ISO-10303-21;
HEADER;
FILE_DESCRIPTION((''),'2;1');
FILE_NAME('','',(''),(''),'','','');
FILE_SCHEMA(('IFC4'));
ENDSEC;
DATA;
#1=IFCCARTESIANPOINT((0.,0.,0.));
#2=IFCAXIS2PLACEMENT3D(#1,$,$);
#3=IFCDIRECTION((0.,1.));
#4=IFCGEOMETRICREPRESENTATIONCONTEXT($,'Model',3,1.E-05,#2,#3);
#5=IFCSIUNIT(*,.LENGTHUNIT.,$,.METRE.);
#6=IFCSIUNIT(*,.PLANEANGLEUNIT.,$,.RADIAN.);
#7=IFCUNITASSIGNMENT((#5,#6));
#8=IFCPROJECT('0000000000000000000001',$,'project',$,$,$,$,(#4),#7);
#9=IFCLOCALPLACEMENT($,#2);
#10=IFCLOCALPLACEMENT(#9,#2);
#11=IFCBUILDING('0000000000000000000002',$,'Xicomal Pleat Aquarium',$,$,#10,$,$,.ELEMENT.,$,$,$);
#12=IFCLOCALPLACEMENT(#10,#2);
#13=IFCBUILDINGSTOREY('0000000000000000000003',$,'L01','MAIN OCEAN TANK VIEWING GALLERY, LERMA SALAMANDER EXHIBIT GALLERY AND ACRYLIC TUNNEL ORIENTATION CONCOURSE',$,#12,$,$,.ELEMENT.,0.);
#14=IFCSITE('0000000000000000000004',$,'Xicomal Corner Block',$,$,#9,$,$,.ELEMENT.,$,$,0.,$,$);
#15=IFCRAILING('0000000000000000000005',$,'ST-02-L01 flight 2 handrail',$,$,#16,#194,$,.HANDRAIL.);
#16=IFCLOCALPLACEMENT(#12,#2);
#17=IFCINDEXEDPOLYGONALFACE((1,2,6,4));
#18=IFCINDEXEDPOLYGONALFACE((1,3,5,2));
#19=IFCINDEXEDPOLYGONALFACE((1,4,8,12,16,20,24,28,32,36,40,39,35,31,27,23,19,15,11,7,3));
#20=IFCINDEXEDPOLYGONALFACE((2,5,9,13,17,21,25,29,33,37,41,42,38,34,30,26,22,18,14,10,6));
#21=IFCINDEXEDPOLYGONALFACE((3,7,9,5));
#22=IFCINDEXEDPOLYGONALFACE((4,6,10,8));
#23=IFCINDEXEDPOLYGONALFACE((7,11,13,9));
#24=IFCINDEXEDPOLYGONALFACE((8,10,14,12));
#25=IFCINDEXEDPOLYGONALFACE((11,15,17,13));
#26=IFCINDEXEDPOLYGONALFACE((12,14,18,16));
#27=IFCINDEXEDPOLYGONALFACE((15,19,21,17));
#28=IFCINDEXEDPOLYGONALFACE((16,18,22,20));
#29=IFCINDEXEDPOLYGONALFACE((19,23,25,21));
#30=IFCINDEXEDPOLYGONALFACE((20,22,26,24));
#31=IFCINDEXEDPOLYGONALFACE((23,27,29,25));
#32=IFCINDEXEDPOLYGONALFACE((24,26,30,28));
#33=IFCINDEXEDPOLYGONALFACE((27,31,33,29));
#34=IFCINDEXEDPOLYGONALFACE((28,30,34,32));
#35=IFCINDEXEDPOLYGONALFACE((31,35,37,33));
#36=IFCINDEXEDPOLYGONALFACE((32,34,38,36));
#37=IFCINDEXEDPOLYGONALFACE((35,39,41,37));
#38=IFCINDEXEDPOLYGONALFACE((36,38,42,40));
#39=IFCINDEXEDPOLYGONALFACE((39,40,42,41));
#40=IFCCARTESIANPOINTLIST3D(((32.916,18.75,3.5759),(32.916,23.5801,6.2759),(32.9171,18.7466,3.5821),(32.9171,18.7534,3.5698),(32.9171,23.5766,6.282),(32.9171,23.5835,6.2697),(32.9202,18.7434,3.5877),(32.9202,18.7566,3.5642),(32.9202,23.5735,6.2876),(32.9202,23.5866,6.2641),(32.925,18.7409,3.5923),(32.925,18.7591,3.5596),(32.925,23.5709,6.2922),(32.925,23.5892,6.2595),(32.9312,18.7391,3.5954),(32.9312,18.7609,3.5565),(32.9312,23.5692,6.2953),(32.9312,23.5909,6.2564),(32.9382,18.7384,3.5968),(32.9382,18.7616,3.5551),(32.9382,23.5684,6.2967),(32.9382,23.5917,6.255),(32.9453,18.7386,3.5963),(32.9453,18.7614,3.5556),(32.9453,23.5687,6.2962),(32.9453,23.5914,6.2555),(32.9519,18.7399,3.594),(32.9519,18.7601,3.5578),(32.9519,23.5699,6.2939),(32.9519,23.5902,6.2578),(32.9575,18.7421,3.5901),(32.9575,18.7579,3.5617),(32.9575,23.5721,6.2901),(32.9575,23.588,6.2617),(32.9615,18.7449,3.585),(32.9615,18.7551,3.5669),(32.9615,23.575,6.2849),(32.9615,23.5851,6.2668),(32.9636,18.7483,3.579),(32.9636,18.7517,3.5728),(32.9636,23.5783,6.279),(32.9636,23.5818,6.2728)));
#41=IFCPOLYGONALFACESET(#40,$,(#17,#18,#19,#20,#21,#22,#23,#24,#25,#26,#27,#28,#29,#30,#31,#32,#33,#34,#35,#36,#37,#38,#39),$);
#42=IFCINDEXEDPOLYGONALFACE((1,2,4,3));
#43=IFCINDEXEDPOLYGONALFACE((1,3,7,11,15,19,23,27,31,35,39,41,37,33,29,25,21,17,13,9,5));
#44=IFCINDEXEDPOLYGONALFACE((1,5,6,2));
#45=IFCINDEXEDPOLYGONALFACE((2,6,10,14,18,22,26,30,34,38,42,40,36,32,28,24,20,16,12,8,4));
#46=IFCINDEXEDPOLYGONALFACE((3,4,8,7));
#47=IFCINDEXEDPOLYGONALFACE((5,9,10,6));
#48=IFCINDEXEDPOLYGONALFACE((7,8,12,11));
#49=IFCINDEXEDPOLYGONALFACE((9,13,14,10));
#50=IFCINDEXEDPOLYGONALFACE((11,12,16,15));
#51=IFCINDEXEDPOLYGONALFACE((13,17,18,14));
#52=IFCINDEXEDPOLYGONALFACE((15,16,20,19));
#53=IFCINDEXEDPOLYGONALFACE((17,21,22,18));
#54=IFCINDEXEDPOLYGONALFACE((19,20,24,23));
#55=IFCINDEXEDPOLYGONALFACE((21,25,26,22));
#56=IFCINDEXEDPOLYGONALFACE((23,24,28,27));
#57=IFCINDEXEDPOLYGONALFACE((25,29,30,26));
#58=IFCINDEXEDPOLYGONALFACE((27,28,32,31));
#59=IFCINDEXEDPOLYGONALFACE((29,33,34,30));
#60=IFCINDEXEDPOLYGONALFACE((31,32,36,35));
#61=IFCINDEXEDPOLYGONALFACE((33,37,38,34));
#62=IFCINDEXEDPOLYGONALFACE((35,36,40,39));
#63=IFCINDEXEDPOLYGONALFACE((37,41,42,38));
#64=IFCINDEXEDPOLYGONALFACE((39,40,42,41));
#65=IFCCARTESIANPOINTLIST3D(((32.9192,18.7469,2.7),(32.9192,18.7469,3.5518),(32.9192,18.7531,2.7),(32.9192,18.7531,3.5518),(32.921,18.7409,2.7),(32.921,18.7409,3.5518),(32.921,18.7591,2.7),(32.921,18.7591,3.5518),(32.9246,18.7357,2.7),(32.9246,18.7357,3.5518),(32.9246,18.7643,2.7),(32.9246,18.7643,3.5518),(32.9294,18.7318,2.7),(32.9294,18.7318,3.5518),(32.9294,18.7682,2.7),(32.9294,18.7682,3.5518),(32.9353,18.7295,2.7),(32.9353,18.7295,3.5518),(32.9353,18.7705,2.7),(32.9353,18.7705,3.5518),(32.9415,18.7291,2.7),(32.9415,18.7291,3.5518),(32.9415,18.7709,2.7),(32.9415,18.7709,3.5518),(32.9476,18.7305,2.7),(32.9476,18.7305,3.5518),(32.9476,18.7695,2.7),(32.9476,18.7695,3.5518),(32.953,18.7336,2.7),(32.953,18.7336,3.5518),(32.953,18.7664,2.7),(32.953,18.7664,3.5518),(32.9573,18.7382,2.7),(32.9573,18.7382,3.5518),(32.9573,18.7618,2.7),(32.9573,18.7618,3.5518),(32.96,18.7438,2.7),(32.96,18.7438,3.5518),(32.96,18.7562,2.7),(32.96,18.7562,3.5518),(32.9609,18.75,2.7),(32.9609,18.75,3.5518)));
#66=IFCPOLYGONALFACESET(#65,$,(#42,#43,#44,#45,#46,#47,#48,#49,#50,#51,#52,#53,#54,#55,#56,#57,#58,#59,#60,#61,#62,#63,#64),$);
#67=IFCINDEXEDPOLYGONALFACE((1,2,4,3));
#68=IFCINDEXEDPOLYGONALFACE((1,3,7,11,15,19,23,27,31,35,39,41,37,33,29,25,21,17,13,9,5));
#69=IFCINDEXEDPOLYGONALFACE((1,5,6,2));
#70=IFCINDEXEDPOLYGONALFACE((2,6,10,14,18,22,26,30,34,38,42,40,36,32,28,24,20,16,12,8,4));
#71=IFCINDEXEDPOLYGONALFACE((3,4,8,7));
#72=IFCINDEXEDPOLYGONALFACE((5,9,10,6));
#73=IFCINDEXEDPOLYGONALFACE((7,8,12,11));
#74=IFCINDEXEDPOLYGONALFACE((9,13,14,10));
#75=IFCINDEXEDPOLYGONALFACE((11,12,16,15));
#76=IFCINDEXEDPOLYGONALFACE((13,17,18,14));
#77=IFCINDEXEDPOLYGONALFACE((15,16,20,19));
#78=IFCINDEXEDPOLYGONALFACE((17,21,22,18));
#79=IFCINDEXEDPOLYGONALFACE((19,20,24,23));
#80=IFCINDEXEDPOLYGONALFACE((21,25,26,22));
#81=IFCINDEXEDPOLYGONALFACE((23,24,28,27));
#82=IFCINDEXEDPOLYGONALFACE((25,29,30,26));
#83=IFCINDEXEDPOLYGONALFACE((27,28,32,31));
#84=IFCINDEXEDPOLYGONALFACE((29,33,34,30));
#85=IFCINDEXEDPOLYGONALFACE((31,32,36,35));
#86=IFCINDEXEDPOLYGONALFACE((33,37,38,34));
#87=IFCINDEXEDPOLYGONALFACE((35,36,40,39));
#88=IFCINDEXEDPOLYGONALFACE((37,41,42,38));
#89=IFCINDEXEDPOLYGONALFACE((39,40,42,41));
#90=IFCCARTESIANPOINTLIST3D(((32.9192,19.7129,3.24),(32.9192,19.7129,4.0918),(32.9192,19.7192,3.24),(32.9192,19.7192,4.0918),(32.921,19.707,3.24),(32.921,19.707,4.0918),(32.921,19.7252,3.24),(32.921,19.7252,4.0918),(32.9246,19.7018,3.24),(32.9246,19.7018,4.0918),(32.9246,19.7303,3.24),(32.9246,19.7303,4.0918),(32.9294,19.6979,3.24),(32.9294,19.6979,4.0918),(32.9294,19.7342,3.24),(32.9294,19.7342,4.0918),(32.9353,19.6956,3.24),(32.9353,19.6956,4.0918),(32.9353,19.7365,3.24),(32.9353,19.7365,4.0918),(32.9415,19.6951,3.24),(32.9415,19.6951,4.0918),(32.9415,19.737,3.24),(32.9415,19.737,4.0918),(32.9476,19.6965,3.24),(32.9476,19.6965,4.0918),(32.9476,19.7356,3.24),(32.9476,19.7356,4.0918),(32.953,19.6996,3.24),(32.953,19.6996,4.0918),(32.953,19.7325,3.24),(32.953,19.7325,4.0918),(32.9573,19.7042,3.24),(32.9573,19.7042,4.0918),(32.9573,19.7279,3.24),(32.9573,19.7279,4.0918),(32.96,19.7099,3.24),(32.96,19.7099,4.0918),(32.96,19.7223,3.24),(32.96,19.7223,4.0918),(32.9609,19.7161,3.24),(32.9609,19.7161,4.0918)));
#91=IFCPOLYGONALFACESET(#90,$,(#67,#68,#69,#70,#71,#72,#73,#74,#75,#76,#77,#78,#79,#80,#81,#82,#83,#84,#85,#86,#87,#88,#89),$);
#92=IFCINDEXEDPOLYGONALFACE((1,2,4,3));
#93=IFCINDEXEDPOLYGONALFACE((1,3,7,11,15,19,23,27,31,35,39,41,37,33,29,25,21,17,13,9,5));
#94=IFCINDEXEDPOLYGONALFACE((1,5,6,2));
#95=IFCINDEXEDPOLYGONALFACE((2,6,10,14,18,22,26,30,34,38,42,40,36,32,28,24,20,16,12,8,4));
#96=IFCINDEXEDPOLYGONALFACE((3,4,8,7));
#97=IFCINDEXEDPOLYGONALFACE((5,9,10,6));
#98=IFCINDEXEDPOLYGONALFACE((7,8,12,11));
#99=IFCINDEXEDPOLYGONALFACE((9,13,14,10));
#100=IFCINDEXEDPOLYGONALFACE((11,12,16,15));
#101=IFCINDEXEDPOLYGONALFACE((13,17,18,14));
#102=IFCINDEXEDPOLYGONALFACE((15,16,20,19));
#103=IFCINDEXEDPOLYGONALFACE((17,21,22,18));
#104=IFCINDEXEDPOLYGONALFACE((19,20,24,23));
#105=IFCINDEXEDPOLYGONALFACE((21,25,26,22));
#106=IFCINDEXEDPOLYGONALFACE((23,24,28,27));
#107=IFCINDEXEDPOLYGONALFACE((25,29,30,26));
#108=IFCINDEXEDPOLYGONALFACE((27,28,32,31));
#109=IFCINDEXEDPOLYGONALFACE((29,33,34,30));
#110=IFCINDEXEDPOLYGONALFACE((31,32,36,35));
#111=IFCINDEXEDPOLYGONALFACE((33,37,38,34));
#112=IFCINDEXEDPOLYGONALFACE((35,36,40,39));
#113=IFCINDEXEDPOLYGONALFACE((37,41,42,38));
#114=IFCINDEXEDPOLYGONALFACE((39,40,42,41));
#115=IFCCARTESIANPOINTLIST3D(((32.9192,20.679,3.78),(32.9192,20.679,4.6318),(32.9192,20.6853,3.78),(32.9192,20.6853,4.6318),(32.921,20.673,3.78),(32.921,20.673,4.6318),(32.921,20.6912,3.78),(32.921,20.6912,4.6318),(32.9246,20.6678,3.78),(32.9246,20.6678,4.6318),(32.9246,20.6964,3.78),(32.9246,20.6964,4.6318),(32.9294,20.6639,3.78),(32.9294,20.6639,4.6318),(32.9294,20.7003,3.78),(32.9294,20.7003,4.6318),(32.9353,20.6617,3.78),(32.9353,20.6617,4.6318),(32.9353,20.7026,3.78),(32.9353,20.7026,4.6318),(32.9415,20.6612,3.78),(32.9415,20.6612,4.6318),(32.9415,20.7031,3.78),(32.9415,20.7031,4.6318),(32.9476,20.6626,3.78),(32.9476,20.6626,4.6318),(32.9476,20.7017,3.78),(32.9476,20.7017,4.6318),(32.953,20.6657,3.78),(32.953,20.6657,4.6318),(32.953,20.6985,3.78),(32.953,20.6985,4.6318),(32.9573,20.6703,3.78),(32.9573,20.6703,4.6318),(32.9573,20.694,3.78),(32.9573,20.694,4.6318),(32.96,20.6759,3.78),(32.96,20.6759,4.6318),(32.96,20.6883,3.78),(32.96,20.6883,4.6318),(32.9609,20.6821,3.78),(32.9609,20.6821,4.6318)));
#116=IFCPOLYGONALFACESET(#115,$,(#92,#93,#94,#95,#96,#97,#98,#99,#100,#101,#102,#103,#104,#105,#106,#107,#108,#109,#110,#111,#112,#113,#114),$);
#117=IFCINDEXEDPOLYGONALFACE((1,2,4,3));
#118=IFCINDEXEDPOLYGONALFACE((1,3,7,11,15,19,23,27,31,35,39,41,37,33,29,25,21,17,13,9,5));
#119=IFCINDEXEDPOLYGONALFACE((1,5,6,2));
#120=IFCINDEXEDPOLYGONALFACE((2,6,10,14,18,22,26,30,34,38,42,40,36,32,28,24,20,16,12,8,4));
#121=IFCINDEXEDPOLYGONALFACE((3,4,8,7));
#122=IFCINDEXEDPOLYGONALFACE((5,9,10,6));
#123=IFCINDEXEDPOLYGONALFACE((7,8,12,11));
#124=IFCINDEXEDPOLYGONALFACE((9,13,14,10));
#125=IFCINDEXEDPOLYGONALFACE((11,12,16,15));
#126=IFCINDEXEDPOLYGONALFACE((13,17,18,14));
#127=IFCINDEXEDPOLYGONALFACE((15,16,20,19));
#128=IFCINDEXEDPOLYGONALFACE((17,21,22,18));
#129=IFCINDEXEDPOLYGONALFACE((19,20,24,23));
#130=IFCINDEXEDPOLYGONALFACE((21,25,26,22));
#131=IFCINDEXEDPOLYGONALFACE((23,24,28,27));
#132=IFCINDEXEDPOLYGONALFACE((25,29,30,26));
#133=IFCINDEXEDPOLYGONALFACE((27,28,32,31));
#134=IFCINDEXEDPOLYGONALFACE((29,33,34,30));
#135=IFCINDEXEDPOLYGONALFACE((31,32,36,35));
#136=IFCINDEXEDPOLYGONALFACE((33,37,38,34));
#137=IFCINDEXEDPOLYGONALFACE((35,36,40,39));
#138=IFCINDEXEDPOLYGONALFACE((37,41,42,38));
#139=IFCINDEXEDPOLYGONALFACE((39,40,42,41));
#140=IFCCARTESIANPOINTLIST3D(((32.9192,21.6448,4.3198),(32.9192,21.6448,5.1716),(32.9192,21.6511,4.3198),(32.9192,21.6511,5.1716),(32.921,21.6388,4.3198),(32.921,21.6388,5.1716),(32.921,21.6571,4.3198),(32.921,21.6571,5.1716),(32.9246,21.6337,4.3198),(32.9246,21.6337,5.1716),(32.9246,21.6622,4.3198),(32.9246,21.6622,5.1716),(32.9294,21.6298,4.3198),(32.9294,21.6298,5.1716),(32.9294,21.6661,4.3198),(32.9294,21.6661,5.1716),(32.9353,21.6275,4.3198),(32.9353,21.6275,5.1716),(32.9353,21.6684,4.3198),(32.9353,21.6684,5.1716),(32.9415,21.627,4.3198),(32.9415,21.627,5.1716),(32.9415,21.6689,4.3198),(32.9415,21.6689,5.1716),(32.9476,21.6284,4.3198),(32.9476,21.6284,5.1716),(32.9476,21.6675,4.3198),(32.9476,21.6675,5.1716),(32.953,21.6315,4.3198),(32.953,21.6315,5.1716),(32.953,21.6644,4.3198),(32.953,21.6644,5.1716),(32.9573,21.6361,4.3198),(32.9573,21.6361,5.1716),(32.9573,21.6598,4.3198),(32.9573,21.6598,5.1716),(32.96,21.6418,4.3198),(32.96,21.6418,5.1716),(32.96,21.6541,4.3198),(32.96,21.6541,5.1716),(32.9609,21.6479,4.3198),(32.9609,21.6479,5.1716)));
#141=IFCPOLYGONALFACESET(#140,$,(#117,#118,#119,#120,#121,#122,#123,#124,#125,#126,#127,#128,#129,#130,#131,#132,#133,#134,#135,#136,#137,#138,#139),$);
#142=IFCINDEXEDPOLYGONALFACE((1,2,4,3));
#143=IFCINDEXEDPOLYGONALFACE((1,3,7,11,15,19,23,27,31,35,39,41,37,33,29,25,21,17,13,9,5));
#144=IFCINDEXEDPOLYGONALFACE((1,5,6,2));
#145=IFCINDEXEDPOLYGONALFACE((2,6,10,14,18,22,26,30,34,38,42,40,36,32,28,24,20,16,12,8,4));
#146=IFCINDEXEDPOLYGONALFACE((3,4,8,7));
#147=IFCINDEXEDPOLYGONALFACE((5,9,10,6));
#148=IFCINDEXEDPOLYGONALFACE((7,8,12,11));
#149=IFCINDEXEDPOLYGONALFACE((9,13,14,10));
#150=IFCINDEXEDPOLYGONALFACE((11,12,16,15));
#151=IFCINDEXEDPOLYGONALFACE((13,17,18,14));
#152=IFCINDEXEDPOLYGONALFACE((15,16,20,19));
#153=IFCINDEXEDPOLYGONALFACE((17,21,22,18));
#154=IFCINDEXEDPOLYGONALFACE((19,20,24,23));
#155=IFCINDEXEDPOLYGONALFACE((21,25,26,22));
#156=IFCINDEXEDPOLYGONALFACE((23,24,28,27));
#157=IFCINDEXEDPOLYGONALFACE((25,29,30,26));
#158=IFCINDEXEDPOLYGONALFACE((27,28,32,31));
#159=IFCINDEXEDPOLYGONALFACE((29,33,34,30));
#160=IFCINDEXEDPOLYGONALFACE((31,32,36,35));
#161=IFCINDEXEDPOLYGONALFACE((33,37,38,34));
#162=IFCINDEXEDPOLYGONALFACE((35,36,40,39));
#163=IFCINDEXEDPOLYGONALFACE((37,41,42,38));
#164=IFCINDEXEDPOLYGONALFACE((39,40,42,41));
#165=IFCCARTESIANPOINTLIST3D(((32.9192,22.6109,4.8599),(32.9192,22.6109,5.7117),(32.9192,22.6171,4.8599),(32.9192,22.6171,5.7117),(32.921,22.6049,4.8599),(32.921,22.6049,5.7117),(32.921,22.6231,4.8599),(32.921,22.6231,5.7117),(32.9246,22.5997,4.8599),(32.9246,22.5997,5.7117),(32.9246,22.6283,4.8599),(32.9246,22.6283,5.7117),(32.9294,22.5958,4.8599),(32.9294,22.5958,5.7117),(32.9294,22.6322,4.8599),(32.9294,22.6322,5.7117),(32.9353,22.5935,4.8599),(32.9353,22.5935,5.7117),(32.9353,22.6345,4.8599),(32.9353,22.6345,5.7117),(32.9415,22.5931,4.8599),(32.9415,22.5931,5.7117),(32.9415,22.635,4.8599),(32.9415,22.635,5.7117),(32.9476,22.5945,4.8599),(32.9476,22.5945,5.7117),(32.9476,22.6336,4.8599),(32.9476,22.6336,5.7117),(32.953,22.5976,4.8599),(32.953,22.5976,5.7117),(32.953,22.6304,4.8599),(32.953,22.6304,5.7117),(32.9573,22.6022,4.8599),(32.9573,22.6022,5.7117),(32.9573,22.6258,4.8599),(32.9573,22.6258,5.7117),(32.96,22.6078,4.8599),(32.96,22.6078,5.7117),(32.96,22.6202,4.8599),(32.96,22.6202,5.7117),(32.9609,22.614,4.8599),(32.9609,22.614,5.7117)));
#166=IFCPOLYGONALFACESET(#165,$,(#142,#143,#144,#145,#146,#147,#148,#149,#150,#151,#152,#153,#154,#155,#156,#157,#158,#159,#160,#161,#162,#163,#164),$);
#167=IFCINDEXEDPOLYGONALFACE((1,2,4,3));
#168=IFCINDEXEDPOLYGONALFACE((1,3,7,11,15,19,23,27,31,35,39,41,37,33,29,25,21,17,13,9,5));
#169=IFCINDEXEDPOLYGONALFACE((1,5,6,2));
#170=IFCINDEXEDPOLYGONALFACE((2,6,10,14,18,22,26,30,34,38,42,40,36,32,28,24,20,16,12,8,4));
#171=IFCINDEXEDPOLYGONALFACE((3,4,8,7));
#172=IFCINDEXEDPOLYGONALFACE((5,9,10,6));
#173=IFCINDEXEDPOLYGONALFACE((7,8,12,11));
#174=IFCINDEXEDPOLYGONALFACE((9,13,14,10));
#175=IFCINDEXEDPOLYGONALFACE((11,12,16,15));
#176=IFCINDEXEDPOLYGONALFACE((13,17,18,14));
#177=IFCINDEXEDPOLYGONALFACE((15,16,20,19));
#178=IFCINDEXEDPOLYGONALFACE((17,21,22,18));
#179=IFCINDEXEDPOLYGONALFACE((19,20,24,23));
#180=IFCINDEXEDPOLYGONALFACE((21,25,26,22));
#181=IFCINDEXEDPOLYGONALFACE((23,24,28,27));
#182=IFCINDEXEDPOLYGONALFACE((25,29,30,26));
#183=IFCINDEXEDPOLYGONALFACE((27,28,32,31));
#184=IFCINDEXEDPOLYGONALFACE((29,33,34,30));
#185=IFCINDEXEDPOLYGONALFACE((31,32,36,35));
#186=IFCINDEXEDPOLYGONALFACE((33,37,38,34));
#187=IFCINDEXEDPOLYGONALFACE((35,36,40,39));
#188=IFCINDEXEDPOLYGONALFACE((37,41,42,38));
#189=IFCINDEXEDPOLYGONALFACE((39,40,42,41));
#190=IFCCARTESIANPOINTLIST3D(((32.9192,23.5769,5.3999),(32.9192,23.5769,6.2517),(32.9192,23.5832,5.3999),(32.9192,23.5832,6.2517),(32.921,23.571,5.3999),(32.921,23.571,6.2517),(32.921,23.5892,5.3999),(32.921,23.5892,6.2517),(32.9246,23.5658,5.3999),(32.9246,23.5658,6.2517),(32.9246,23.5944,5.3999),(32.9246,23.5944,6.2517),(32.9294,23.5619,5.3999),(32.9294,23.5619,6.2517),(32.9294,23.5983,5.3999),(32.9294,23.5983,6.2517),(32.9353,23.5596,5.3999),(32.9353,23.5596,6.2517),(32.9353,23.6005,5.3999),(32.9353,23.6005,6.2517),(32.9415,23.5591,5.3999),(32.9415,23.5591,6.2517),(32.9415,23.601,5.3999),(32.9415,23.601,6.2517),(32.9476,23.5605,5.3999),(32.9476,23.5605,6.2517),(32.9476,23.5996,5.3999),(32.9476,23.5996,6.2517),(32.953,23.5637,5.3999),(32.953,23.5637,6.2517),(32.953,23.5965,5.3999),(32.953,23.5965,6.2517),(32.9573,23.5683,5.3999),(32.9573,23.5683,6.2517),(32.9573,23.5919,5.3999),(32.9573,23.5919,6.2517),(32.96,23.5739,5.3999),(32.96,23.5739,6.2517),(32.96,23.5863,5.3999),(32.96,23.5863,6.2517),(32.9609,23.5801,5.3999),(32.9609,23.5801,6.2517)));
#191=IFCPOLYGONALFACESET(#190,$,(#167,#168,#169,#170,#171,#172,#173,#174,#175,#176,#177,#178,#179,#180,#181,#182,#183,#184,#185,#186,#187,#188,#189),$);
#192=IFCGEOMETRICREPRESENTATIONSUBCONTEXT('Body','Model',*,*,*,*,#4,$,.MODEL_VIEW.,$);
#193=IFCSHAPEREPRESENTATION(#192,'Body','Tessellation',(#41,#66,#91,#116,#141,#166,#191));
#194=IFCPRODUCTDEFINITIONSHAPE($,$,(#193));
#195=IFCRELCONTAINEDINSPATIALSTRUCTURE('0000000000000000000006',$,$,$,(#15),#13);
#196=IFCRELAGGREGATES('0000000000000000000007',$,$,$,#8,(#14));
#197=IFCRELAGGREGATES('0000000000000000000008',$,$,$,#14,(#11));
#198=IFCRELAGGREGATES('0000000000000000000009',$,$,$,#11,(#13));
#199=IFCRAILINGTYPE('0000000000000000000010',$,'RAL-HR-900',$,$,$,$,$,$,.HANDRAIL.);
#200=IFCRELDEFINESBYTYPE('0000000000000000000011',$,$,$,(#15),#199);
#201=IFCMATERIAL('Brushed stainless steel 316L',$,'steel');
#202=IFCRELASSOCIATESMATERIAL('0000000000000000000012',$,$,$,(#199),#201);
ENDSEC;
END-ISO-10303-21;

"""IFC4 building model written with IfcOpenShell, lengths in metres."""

from ifc_helpers import new_model, si_unit, direction, frame, origin, origin_2d, place, context, subcontext, project, spatial, circle, extrude, material, type_object, element, save


model = new_model("IFC4")

# Units and contexts
model_context = context("Model", 3, precision=1e-05, world=origin(), true_north=direction((0.0, 1.0)))
body_context = subcontext(model_context, "Body", "Model", "MODEL_VIEW")
ifc_project = project(units=[si_unit("LENGTHUNIT", "METRE"), si_unit("PLANEANGLEUNIT", "RADIAN")], contexts=[model_context])

# Site, building, storey
site_placement = place(None, origin())
site = spatial("IfcSite", under=ifc_project, at=site_placement, Name="Xicomal Corner Block", CompositionType="ELEMENT", RefElevation=0.0)
building_placement = place(site_placement, origin())
building = spatial("IfcBuilding", under=site, at=building_placement, Name="Xicomal Pleat Aquarium", CompositionType="ELEMENT")
storey_placement = place(building_placement, origin())
storey = spatial("IfcBuildingStorey", under=building, at=storey_placement, Name="L01", Description="MAIN OCEAN TANK VIEWING GALLERY, LERMA SALAMANDER EXHIBIT GALLERY AND ACRYLIC TUNNEL ORIENTATION CONCOURSE", CompositionType="ELEMENT", Elevation=0.0)

# Railing
ifc_material_1 = material(Name="Brushed stainless steel 316L", Category="steel")
railing_type_1 = type_object("IfcRailingType", Name="RAL-HR-900", PredefinedType="HANDRAIL", material=ifc_material_1)
railing_1_placement = place(storey_placement, frame((32.9399, 18.75, 2.7)))
element("IfcRailing", 1, at=railing_1_placement, inside=storey, type_object=railing_type_1, Name="ST-02-L01 flight 2 handrail", PredefinedType="HANDRAIL", context=body_context, shape_type="SweptSolid", body=[
    extrude(circle(Radius=0.0239, at=origin_2d()), frame((0.0, 0.0, 0.876), z_axis=(0.0, 0.872883, 0.48793), x_axis=(-1.0, 0.0, 0.0)), (0.0, 0.0, 1.0), 5.5334),
    extrude(circle(Radius=0.021, at=origin_2d()), origin(), (0.0, 0.0, 1.0), 0.8518),
    extrude(circle(Radius=0.021, at=origin_2d()), frame((0.0, 0.9661, 0.54)), (0.0, 0.0, 1.0), 0.8518),
    extrude(circle(Radius=0.021, at=origin_2d()), frame((0.0, 1.9321, 1.0801)), (0.0, 0.0, 1.0), 0.8518),
    extrude(circle(Radius=0.021, at=origin_2d()), frame((0.0, 2.8979, 1.6199)), (0.0, 0.0, 1.0), 0.8518),
    extrude(circle(Radius=0.021, at=origin_2d()), frame((0.0, 3.864, 2.1599)), (0.0, 0.0, 1.0), 0.8518),
    extrude(circle(Radius=0.021, at=origin_2d()), frame((0.0, 4.8301, 2.7)), (0.0, 0.0, 1.0), 0.8518),
])

save(model, "model.ifc")
